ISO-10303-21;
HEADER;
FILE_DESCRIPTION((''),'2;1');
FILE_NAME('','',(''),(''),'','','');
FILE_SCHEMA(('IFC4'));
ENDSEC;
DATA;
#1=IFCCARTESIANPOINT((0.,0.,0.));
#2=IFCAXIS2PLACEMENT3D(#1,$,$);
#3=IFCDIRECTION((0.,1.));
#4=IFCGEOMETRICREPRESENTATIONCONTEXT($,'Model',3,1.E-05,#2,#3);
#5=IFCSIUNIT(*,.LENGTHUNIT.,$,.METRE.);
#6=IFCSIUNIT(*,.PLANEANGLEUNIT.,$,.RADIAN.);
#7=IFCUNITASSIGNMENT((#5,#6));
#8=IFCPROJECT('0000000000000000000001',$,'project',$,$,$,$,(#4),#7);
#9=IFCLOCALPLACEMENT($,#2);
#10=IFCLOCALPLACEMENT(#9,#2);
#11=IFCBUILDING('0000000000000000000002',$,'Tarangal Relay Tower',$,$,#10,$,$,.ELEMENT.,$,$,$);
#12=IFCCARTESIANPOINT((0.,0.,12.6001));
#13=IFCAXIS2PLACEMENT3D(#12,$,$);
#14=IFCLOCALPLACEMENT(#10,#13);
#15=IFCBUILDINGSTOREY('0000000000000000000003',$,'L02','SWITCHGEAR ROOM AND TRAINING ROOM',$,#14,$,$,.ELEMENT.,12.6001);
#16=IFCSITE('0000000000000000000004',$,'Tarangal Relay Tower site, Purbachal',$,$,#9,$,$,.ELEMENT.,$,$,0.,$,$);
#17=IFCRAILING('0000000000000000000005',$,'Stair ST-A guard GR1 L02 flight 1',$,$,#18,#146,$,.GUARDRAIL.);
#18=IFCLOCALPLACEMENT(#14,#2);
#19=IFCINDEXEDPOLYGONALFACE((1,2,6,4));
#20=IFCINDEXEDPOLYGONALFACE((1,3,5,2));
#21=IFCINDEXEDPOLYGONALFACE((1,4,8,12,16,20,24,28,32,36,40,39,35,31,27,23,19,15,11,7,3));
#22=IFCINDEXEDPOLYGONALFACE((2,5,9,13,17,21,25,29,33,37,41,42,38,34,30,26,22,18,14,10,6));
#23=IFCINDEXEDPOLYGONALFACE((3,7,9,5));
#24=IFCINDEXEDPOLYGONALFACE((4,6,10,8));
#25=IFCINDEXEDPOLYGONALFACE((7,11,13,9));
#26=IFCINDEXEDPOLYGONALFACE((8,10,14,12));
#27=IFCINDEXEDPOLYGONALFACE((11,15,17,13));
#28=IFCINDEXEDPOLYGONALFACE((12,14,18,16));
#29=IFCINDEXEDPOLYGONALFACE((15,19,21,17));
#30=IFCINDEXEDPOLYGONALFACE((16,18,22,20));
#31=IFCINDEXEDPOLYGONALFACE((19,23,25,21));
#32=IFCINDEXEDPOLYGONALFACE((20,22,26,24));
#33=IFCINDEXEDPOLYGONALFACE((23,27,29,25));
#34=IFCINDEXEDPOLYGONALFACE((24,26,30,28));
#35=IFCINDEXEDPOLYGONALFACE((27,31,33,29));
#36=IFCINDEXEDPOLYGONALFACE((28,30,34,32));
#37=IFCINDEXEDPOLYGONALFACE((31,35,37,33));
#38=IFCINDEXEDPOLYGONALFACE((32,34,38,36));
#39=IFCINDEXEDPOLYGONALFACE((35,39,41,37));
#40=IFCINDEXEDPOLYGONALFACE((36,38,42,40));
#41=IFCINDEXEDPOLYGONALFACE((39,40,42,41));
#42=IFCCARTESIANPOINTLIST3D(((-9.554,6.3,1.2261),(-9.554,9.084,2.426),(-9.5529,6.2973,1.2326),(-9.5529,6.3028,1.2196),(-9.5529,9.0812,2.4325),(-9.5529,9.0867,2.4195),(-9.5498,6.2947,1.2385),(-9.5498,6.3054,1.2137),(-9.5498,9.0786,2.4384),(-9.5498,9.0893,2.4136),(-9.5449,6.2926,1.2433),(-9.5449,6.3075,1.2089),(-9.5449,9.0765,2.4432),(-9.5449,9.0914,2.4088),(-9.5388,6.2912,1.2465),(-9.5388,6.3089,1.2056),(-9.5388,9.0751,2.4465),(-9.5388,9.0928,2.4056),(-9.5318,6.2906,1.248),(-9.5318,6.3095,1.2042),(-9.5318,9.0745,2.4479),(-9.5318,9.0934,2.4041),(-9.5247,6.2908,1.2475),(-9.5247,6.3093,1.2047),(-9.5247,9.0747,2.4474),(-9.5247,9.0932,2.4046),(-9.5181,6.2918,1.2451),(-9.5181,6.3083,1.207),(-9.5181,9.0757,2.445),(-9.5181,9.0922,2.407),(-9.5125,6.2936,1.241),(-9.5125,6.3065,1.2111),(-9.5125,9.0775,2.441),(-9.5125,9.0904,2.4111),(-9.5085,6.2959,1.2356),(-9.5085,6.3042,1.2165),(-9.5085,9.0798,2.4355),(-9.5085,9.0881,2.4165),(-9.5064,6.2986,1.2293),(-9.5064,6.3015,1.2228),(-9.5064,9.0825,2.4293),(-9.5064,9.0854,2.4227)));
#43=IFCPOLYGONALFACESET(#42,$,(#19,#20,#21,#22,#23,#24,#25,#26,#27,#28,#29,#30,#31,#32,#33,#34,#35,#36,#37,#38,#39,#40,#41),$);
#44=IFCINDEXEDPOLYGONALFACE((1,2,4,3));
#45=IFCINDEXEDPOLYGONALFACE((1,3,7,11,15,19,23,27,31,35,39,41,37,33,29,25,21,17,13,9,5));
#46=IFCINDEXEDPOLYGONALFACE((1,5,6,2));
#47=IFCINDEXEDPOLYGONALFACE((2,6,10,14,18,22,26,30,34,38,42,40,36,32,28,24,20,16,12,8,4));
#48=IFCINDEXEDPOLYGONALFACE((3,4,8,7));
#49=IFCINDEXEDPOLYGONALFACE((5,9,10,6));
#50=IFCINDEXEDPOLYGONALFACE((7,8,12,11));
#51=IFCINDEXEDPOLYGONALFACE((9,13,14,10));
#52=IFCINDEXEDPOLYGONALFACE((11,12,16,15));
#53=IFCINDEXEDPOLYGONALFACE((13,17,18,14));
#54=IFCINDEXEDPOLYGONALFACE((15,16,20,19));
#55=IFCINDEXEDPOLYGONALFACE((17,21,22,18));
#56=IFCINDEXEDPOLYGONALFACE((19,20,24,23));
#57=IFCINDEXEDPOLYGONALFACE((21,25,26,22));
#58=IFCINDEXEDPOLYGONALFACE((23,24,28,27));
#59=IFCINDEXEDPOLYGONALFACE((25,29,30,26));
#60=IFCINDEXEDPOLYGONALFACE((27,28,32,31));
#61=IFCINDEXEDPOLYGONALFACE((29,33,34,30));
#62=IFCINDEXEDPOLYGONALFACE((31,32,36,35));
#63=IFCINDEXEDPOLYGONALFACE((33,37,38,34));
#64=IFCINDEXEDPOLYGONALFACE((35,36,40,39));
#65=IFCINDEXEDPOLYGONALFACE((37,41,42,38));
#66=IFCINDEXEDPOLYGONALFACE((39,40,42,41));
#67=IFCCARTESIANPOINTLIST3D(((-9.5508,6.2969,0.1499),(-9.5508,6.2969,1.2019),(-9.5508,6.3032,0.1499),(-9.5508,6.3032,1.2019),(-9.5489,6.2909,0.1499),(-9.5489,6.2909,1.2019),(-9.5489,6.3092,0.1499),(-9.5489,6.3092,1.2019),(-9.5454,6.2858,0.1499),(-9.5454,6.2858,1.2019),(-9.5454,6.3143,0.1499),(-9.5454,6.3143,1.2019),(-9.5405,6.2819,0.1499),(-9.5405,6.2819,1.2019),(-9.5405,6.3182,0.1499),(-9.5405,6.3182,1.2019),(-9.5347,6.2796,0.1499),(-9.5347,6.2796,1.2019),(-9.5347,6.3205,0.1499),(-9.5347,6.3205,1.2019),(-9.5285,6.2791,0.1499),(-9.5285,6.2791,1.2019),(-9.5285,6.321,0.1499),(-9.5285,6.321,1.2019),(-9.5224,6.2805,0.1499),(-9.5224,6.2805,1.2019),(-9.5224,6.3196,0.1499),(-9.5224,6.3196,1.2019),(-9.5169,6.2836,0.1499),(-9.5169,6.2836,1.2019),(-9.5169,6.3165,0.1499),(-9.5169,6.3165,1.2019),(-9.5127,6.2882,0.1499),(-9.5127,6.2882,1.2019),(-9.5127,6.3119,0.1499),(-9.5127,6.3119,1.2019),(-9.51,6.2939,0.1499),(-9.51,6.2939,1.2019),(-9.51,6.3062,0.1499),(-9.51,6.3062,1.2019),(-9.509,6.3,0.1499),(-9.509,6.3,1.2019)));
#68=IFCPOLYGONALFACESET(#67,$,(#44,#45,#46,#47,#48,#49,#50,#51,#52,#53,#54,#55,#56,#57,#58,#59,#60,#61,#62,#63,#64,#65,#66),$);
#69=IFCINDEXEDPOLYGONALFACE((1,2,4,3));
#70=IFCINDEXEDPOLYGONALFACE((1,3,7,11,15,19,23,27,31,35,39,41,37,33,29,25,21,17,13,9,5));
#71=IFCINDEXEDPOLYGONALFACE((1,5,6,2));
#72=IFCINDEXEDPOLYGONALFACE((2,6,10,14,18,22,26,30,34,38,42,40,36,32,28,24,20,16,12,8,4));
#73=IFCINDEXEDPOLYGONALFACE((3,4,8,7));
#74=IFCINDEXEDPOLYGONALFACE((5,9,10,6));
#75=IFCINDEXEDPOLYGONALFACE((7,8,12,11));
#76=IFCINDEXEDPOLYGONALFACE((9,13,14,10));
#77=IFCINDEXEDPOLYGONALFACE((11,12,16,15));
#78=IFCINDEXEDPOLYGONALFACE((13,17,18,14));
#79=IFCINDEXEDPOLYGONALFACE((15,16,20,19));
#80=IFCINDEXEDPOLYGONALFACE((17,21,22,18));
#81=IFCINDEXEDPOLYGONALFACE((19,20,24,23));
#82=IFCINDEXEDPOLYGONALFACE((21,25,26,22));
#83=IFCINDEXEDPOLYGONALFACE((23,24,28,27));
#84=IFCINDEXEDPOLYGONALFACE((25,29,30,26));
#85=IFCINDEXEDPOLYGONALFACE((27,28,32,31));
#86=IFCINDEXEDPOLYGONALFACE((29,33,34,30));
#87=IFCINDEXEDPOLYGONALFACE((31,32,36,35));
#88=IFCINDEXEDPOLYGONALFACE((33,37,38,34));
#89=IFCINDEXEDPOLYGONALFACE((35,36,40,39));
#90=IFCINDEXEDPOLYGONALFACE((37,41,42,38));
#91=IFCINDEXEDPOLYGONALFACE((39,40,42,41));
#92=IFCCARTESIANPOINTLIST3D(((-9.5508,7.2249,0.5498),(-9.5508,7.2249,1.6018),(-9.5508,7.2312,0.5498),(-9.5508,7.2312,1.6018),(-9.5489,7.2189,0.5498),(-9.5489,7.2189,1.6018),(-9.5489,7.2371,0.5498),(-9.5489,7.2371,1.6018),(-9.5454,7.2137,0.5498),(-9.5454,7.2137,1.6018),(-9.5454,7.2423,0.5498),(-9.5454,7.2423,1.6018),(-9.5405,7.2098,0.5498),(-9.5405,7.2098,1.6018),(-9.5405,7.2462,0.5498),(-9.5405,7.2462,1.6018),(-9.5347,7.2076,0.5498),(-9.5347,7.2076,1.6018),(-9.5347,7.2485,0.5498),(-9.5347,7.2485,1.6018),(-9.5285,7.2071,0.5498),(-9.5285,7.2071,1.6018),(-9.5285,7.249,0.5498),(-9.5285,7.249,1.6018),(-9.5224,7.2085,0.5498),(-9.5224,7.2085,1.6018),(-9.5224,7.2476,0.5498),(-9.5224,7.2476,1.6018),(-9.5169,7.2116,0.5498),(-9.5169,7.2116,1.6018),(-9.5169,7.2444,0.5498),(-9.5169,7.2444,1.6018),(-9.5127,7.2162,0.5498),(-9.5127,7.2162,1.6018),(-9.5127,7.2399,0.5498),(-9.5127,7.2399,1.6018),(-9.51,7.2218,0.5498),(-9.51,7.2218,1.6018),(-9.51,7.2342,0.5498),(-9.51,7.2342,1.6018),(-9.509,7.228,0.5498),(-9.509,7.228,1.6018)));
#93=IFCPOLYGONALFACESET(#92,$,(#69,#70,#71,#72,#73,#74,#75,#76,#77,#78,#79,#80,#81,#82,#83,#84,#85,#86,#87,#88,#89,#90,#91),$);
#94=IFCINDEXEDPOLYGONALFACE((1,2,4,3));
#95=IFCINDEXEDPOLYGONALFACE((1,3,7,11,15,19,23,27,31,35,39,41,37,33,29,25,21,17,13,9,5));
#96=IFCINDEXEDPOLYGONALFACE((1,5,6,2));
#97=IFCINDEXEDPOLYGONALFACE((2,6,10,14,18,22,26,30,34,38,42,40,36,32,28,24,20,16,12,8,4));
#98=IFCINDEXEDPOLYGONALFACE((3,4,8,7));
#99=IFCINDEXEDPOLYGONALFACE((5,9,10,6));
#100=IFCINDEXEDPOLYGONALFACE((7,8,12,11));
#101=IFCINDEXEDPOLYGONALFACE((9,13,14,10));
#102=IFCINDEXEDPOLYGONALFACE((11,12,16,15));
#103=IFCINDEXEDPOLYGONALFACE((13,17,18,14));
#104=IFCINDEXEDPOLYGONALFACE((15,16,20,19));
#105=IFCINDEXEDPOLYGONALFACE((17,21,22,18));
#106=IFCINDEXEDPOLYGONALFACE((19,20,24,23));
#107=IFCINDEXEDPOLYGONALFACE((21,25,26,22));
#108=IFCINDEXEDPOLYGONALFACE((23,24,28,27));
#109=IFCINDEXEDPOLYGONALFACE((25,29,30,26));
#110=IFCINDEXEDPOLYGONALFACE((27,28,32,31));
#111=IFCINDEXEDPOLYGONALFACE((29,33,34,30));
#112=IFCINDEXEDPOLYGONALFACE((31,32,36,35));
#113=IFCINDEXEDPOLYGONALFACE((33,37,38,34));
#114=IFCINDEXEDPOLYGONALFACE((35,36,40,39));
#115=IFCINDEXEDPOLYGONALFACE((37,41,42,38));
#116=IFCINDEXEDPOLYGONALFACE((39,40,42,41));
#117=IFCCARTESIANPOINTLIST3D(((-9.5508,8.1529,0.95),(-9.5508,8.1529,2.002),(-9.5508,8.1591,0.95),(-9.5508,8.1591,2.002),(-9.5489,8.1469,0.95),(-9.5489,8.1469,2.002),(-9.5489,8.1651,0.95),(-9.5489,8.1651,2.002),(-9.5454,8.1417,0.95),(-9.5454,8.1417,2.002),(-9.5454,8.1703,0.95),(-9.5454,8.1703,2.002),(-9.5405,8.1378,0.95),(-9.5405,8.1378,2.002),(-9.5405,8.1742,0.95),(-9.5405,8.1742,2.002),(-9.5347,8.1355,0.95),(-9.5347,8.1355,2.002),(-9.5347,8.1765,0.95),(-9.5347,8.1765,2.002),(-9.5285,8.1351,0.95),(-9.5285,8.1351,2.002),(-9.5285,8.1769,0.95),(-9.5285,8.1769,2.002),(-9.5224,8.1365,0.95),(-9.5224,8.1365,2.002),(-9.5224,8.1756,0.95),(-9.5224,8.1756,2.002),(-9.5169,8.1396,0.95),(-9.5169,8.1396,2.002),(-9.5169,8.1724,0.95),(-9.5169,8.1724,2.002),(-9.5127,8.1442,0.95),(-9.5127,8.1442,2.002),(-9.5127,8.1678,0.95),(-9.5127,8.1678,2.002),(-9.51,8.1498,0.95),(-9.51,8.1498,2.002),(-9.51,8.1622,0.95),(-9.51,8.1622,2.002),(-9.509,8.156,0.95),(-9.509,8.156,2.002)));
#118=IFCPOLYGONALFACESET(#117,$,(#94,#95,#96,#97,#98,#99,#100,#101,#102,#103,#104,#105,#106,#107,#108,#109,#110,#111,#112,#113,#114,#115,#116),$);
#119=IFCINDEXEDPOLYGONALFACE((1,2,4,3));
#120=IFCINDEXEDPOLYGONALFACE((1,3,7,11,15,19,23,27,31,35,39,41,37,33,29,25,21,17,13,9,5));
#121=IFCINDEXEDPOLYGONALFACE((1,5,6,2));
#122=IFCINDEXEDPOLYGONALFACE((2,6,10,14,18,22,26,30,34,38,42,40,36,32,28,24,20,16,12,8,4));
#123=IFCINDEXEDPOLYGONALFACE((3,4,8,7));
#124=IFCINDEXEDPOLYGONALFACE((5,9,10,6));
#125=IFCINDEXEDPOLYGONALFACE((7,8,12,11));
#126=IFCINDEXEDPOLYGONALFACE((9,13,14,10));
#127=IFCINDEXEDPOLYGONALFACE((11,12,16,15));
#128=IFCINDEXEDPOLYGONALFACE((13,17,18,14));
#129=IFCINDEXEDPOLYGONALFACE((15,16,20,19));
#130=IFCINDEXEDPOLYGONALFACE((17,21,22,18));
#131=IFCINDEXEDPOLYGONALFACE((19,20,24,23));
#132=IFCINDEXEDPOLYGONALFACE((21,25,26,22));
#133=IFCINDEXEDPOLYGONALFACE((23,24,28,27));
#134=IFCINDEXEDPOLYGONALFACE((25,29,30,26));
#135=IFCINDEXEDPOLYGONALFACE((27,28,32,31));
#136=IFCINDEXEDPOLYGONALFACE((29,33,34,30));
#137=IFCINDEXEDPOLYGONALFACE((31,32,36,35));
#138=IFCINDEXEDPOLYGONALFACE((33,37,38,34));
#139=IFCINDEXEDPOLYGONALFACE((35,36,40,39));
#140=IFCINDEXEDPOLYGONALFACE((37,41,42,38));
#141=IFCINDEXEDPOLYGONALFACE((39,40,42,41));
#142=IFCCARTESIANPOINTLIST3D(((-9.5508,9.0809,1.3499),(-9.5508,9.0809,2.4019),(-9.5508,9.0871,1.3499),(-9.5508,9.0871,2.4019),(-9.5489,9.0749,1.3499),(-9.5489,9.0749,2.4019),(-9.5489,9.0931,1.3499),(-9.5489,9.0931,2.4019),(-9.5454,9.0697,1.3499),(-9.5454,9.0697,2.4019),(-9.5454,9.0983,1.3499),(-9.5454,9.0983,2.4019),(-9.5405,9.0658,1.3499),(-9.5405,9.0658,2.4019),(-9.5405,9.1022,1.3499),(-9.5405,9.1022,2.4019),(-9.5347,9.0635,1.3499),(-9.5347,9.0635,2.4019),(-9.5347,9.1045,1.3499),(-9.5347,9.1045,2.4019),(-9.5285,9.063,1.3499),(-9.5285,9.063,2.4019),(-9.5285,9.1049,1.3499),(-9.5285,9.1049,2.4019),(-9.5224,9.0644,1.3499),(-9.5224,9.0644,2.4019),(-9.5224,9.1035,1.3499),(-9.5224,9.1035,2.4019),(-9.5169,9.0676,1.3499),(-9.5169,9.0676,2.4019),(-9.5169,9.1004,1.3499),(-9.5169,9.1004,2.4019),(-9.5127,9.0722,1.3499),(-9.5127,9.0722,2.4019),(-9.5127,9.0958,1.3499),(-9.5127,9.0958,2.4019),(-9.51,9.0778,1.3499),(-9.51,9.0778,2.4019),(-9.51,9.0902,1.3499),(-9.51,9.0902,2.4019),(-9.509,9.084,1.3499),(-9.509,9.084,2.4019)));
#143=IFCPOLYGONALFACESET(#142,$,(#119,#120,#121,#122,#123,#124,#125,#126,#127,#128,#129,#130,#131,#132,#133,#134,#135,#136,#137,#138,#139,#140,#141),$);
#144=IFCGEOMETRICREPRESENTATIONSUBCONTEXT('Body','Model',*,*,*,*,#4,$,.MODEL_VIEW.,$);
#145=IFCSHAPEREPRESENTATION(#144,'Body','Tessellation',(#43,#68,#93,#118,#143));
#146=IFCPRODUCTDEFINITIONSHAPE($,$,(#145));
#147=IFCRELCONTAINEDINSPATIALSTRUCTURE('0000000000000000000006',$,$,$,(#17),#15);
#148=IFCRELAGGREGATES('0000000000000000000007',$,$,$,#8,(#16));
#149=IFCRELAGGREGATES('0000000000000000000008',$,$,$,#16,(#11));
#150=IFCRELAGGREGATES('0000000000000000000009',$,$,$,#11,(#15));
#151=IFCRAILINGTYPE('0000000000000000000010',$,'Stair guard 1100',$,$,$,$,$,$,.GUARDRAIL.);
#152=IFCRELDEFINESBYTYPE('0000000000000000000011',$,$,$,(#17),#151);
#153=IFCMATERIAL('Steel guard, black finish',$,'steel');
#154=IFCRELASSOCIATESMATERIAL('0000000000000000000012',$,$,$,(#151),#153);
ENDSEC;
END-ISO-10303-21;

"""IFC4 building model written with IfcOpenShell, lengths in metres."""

from ifc_helpers import new_model, si_unit, direction, frame, origin, origin_2d, place, context, subcontext, project, spatial, circle, extrude, material, type_object, element, save


model = new_model("IFC4")

# Units and contexts
model_context = context("Model", 3, precision=1e-05, world=origin(), true_north=direction((0.0, 1.0)))
body_context = subcontext(model_context, "Body", "Model", "MODEL_VIEW")
ifc_project = project(units=[si_unit("LENGTHUNIT", "METRE"), si_unit("PLANEANGLEUNIT", "RADIAN")], contexts=[model_context])

# Site, building, storey
site_placement = place(None, origin())
site = spatial("IfcSite", under=ifc_project, at=site_placement, Name="Tarangal Relay Tower site, Purbachal", CompositionType="ELEMENT", RefElevation=0.0)
building_placement = place(site_placement, origin())
building = spatial("IfcBuilding", under=site, at=building_placement, Name="Tarangal Relay Tower", CompositionType="ELEMENT")
storey_placement = place(building_placement, frame((0.0, 0.0, 12.6001)))
storey = spatial("IfcBuildingStorey", under=building, at=storey_placement, Name="L02", Description="SWITCHGEAR ROOM AND TRAINING ROOM", CompositionType="ELEMENT", Elevation=12.6001)

# Railing
ifc_material_1 = material(Name="Steel guard, black finish", Category="steel")
railing_type_1 = type_object("IfcRailingType", Name="Stair guard 1100", PredefinedType="GUARDRAIL", material=ifc_material_1)
for number, where, name in (
    (1, (-9.53, 6.3, 0.1499), "Stair ST-A guard GR1 L02 flight 1"),
):
    element("IfcRailing", number, at=place(storey_placement, frame(where)), inside=storey, type_object=railing_type_1, Name=name, PredefinedType="GUARDRAIL", context=body_context, shape_type="SweptSolid", body=[
        extrude(circle(Radius=0.0239, at=origin_2d()), frame((0.0, 0.0, 1.0762), z_axis=(0.0, 0.918327, 0.395823), x_axis=(-1.0, 0.0, 0.0)), (0.0, 0.0, 1.0), 3.0315),
        extrude(circle(Radius=0.021, at=origin_2d()), origin(), (0.0, 0.0, 1.0), 1.052),
        extrude(circle(Radius=0.021, at=origin_2d()), frame((0.0, 0.928, 0.3999)), (0.0, 0.0, 1.0), 1.052),
        extrude(circle(Radius=0.021, at=origin_2d()), frame((0.0, 1.856, 0.8)), (0.0, 0.0, 1.0), 1.052),
        extrude(circle(Radius=0.021, at=origin_2d()), frame((0.0, 2.7839, 1.2)), (0.0, 0.0, 1.0), 1.052),
    ])

save(model, "model.ifc")
